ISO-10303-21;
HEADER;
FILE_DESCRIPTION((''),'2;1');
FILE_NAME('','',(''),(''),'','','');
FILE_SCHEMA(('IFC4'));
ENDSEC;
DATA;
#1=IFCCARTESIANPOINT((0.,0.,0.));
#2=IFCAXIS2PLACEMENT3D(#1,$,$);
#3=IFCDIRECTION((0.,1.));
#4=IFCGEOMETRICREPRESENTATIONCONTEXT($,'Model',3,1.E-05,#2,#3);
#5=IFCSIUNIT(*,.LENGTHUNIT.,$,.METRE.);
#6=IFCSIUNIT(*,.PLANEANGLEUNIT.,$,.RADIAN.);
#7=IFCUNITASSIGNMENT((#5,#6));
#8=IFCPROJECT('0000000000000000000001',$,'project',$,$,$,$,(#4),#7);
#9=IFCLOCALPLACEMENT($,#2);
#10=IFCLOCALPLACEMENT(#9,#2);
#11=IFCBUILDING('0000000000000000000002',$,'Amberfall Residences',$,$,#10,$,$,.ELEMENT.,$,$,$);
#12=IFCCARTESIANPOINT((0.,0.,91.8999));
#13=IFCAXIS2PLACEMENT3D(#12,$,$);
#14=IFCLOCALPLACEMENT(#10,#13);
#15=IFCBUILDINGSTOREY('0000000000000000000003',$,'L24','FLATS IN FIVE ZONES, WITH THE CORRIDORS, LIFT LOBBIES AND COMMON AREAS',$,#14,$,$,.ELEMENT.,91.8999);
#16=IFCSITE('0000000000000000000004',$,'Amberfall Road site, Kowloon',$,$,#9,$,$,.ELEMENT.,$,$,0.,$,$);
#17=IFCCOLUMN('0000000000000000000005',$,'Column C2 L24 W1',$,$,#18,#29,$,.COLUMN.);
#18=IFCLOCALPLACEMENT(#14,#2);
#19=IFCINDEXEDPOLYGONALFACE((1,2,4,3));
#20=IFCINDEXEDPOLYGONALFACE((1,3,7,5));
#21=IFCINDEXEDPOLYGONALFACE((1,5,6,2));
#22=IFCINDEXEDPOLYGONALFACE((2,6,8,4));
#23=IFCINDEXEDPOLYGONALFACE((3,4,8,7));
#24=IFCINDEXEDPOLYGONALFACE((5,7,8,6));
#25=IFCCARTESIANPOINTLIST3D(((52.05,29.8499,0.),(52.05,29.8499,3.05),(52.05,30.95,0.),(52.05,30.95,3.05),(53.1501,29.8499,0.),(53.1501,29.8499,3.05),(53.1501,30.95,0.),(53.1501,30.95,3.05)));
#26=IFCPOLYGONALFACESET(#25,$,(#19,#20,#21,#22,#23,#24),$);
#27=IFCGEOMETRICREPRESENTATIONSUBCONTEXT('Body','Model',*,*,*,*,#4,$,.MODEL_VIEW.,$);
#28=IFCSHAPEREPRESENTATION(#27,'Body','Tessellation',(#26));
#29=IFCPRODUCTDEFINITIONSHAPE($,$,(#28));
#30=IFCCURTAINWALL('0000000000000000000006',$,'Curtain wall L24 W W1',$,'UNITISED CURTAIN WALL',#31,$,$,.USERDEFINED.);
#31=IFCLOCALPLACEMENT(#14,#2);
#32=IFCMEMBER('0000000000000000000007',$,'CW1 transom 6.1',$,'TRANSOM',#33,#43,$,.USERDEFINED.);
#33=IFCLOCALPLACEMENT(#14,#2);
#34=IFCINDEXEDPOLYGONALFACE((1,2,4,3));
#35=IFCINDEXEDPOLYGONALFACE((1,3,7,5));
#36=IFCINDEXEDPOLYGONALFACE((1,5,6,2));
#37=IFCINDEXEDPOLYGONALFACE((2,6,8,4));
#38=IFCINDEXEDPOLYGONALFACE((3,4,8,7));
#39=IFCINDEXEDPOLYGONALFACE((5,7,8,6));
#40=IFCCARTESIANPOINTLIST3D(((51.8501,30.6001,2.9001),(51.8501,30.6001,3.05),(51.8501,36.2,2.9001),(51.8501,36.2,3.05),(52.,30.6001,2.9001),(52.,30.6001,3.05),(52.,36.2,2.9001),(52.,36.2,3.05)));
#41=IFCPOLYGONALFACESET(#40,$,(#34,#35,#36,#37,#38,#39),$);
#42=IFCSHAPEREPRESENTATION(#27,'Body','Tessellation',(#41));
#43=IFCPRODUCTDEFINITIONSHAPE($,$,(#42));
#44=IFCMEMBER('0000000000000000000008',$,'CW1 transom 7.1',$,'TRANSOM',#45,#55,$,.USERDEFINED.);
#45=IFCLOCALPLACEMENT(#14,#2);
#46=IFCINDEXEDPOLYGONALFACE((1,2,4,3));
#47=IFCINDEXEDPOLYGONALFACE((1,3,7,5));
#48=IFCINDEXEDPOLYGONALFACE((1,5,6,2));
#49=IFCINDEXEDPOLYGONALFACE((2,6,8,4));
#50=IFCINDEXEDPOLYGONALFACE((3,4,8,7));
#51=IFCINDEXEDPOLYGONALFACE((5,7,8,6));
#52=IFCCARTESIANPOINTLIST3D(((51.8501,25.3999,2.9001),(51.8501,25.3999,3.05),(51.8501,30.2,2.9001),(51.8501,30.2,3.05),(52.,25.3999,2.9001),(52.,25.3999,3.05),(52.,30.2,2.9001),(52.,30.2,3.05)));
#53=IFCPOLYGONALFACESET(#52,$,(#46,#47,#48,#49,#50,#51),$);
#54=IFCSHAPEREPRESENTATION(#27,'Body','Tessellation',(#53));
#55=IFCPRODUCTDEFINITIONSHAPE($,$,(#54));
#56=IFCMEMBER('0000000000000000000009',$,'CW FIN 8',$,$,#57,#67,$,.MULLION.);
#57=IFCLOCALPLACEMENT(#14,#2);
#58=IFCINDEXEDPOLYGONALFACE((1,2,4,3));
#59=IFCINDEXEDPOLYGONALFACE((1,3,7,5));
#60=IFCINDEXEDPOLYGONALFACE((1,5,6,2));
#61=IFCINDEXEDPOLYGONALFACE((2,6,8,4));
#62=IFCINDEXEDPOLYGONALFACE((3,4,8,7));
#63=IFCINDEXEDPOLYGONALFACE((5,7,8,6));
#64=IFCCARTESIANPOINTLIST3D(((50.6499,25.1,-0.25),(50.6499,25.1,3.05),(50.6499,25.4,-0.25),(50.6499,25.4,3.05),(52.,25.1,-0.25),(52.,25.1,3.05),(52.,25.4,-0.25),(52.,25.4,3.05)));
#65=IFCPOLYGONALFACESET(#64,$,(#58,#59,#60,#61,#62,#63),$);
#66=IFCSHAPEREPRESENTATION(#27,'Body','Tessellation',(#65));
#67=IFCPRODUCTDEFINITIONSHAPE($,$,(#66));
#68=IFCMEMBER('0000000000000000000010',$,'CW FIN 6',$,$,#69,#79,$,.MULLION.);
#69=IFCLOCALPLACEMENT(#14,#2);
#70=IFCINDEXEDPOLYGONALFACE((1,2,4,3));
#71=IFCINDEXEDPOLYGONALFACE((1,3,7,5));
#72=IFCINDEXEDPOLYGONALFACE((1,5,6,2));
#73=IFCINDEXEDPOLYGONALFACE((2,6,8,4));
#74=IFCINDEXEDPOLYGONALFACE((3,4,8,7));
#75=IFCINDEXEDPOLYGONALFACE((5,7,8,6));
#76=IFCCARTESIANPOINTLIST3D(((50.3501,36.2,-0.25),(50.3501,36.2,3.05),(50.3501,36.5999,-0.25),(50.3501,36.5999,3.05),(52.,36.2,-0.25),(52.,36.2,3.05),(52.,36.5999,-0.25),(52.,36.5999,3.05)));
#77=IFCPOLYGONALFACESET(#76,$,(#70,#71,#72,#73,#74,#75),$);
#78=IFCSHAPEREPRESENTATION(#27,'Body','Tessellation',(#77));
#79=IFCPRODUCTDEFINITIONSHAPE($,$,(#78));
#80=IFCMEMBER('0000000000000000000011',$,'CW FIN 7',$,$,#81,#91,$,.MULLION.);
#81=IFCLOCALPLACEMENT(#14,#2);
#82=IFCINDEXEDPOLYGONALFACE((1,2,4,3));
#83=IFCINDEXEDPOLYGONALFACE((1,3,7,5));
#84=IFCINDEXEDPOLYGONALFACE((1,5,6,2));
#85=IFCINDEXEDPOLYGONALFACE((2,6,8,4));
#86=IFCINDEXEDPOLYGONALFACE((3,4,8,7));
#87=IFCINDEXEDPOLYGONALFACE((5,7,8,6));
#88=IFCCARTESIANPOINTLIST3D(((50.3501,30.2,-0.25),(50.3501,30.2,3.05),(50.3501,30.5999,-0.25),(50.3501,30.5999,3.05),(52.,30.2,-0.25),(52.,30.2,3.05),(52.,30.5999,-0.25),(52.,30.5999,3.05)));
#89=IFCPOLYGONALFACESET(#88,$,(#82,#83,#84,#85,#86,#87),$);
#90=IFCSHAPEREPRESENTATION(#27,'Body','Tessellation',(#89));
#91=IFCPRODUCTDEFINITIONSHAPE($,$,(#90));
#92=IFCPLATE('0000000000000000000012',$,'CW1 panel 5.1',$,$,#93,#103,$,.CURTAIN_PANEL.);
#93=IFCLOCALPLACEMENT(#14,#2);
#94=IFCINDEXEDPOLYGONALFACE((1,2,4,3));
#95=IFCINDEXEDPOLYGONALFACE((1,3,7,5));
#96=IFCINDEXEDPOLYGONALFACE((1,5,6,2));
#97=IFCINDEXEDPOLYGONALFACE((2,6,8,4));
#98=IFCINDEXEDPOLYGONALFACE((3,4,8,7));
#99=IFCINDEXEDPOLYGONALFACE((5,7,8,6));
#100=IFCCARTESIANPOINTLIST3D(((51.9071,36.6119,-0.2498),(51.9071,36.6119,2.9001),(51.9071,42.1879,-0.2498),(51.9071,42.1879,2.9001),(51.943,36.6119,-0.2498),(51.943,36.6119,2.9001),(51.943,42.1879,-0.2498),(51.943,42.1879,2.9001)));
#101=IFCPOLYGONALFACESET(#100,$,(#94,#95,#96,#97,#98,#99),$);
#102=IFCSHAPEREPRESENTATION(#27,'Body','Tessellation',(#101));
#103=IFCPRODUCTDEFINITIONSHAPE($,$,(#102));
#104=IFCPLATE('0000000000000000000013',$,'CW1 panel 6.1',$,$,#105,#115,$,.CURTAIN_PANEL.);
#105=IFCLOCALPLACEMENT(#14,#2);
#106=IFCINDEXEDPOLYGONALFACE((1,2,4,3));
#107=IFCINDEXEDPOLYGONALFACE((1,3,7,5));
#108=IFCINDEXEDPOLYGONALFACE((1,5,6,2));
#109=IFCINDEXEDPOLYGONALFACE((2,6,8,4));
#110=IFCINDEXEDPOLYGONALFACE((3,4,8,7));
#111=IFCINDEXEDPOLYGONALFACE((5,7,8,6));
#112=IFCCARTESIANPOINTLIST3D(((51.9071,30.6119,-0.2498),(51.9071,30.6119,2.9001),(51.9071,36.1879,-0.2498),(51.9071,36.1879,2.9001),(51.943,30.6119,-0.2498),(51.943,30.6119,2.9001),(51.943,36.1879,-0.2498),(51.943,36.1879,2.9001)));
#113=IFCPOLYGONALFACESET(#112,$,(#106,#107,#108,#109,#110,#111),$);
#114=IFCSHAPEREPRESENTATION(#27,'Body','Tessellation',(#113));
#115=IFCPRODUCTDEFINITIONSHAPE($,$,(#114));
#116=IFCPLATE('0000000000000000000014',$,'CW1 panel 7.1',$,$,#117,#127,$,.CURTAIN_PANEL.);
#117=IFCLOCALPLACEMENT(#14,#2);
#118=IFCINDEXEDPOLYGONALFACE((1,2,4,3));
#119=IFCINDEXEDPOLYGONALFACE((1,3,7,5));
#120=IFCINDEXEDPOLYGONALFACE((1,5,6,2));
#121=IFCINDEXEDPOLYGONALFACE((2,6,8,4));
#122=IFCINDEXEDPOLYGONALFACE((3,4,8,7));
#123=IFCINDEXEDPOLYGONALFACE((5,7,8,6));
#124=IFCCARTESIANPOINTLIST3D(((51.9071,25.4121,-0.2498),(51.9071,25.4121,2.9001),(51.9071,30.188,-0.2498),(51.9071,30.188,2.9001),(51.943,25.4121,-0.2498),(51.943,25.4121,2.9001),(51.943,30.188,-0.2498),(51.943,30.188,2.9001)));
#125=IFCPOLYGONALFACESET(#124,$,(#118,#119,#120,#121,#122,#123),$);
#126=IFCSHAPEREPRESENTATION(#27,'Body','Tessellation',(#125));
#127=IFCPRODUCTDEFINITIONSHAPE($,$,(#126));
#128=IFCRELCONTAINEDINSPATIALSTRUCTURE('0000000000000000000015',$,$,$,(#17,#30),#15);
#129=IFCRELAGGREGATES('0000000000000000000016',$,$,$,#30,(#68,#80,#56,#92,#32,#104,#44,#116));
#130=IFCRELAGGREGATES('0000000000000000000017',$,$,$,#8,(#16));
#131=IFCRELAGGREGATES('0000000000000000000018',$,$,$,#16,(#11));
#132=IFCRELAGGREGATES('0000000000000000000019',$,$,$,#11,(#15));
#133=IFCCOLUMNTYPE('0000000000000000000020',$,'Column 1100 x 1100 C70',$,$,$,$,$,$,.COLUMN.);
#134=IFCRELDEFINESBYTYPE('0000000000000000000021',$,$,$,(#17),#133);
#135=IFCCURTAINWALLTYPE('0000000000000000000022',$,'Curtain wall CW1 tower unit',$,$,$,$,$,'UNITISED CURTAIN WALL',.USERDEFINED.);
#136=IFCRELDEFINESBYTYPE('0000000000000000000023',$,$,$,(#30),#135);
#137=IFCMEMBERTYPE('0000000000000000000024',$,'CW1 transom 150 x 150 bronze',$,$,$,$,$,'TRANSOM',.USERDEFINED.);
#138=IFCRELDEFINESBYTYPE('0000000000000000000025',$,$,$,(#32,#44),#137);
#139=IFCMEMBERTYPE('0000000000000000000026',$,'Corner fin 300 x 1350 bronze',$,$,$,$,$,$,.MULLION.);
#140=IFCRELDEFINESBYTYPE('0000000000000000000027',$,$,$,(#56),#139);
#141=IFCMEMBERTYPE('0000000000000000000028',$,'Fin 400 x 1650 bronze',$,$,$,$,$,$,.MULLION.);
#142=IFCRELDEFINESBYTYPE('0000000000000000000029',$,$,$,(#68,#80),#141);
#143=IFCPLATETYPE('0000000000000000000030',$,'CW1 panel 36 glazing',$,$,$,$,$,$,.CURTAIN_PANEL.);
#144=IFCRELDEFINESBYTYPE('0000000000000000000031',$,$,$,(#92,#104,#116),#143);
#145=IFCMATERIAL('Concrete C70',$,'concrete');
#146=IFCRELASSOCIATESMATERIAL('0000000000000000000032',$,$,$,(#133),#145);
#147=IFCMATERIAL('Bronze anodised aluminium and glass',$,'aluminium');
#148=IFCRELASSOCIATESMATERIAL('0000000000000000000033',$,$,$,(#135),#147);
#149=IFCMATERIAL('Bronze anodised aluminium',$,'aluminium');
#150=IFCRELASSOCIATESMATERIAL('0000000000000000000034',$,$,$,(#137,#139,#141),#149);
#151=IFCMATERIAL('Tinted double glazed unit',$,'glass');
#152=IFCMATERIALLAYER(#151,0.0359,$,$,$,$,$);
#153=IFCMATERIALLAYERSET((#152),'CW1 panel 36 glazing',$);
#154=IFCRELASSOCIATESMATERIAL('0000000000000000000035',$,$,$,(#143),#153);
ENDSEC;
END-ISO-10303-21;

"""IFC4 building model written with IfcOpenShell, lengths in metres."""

from ifc_helpers import new_model, si_unit, direction, frame, origin, origin_2d, place, context, subcontext, project, spatial, rectangle, extrude, material, layer, layer_set, material_profile, profile_set, type_object, element, aggregate, save


model = new_model("IFC4")

# Units and contexts
model_context = context("Model", 3, precision=1e-05, world=origin(), true_north=direction((0.0, 1.0)))
body_context = subcontext(model_context, "Body", "Model", "MODEL_VIEW")
ifc_project = project(units=[si_unit("LENGTHUNIT", "METRE"), si_unit("PLANEANGLEUNIT", "RADIAN")], contexts=[model_context])

# Site, building, storey
site_placement = place(None, origin())
site = spatial("IfcSite", under=ifc_project, at=site_placement, Name="Amberfall Road site, Kowloon", CompositionType="ELEMENT", RefElevation=0.0)
building_placement = place(site_placement, origin())
building = spatial("IfcBuilding", under=site, at=building_placement, Name="Amberfall Residences", CompositionType="ELEMENT")
storey_placement = place(building_placement, frame((0.0, 0.0, 91.8999)))
storey = spatial("IfcBuildingStorey", under=building, at=storey_placement, Name="L24", Description="FLATS IN FIVE ZONES, WITH THE CORRIDORS, LIFT LOBBIES AND COMMON AREAS", CompositionType="ELEMENT", Elevation=91.8999)

# Column
ifc_material_1 = material(Name="Concrete C70", Category="concrete")
ifc_material_profile_1 = material_profile(ifc_material_1, rectangle(XDim=1.1001, YDim=1.1001, at=origin_2d()), Name="Column 1100 x 1100 C70")
ifc_profile_set_1 = profile_set([ifc_material_profile_1], Name="Concrete C70")
column_type = type_object("IfcColumnType", Name="Column 1100 x 1100 C70", PredefinedType="COLUMN", material=ifc_profile_set_1)
column_placement = place(storey_placement, frame((52.6001, 30.3999, 0.0), z_axis=(0.0, 0.0, 1.0), x_axis=(1.0, 0.0, 0.0)))
element("IfcColumn", 1, at=column_placement, inside=storey, type_object=column_type, Name="Column C2 L24 W1", PredefinedType="COLUMN", context=body_context, shape_type="SweptSolid", body=[
    extrude(rectangle(XDim=1.1001, YDim=1.1001, at=origin_2d()), origin(), (0.0, 0.0, 1.0), 3.05),
])

# Curtain wall, members, plates
ifc_material_2 = material(Name="Bronze anodised aluminium and glass", Category="aluminium")
curtain_wall_type = type_object("IfcCurtainWallType", Name="Curtain wall CW1 tower unit", ElementType="UNITISED CURTAIN WALL", PredefinedType="USERDEFINED", material=ifc_material_2)
curtain_wall_placement = place(storey_placement, origin())
curtain_wall = element("IfcCurtainWall", 2, at=curtain_wall_placement, inside=storey, type_object=curtain_wall_type, Name="Curtain wall L24 W W1", ObjectType="UNITISED CURTAIN WALL", PredefinedType="USERDEFINED")
ifc_material_3 = material(Name="Bronze anodised aluminium", Category="aluminium")
ifc_material_profile_2 = material_profile(ifc_material_3, rectangle(XDim=0.1499, YDim=0.1499, at=origin_2d()), Name="CW1 transom 150 x 150 bronze")
ifc_profile_set_2 = profile_set([ifc_material_profile_2], Name="Bronze anodised aluminium")
member_type_1 = type_object("IfcMemberType", Name="CW1 transom 150 x 150 bronze", ElementType="TRANSOM", PredefinedType="USERDEFINED", material=ifc_profile_set_2)
member_1_placement = place(storey_placement, frame((51.925, 36.2, 2.9751), z_axis=(0.0, -1.0, 0.0), x_axis=(1.0, 0.0, 0.0)))
member_1 = element("IfcMember", 3, at=member_1_placement, type_object=member_type_1, Name="CW1 transom 6.1", ObjectType="TRANSOM", PredefinedType="USERDEFINED", context=body_context, shape_type="SweptSolid", body=[
    extrude(rectangle(XDim=0.1499, YDim=0.1499, at=origin_2d()), origin(), (0.0, 0.0, 1.0), 5.5999),
])
member_2_placement = place(storey_placement, frame((51.925, 30.2, 2.9751), z_axis=(0.0, -1.0, 0.0), x_axis=(1.0, 0.0, 0.0)))
member_2 = element("IfcMember", 4, at=member_2_placement, type_object=member_type_1, Name="CW1 transom 7.1", ObjectType="TRANSOM", PredefinedType="USERDEFINED", context=body_context, shape_type="SweptSolid", body=[
    extrude(rectangle(XDim=0.1499, YDim=0.1499, at=origin_2d()), origin(), (0.0, 0.0, 1.0), 4.8),
])
ifc_material_profile_3 = material_profile(ifc_material_3, rectangle(XDim=1.3501, YDim=0.3, at=origin_2d()), Name="Corner fin 300 x 1350 bronze")
ifc_profile_set_3 = profile_set([ifc_material_profile_3], Name="Bronze anodised aluminium")
member_type_2 = type_object("IfcMemberType", Name="Corner fin 300 x 1350 bronze", PredefinedType="MULLION", material=ifc_profile_set_3)
member_3_placement = place(storey_placement, frame((51.325, 25.25, -0.25), z_axis=(0.0, 0.0, 1.0), x_axis=(1.0, 0.0, 0.0)))
member_3 = element("IfcMember", 5, at=member_3_placement, type_object=member_type_2, Name="CW FIN 8", PredefinedType="MULLION", context=body_context, shape_type="SweptSolid", body=[
    extrude(rectangle(XDim=1.3501, YDim=0.3, at=origin_2d()), origin(), (0.0, 0.0, 1.0), 3.3),
])
ifc_material_profile_4 = material_profile(ifc_material_3, rectangle(XDim=1.6499, YDim=0.3999, at=origin_2d()), Name="Fin 400 x 1650 bronze")
ifc_profile_set_4 = profile_set([ifc_material_profile_4], Name="Bronze anodised aluminium")
member_type_3 = type_object("IfcMemberType", Name="Fin 400 x 1650 bronze", PredefinedType="MULLION", material=ifc_profile_set_4)
member_4_placement = place(storey_placement, frame((51.175, 36.3999, -0.25), z_axis=(0.0, 0.0, 1.0), x_axis=(1.0, 0.0, 0.0)))
member_4 = element("IfcMember", 6, at=member_4_placement, type_object=member_type_3, Name="CW FIN 6", PredefinedType="MULLION", context=body_context, shape_type="SweptSolid", body=[
    extrude(rectangle(XDim=1.6499, YDim=0.3999, at=origin_2d()), origin(), (0.0, 0.0, 1.0), 3.3),
])
member_5_placement = place(storey_placement, frame((51.175, 30.3999, -0.25), z_axis=(0.0, 0.0, 1.0), x_axis=(1.0, 0.0, 0.0)))
member_5 = element("IfcMember", 7, at=member_5_placement, type_object=member_type_3, Name="CW FIN 7", PredefinedType="MULLION", context=body_context, shape_type="SweptSolid", body=[
    extrude(rectangle(XDim=1.6499, YDim=0.3999, at=origin_2d()), origin(), (0.0, 0.0, 1.0), 3.3),
])
ifc_material_4 = material(Name="Tinted double glazed unit", Category="glass")
ifc_layer_1 = layer(ifc_material_4, 0.0359)
ifc_layer_set_1 = layer_set([ifc_layer_1], Name="CW1 panel 36 glazing")
plate_type = type_object("IfcPlateType", Name="CW1 panel 36 glazing", PredefinedType="CURTAIN_PANEL", material=ifc_layer_set_1)
plate_1_placement = place(storey_placement, frame((51.925, 39.3999, -0.2498), z_axis=(0.0, 0.0, 1.0), x_axis=(0.0, -1.0, 0.0)))
plate_1 = element("IfcPlate", 8, at=plate_1_placement, type_object=plate_type, Name="CW1 panel 5.1", PredefinedType="CURTAIN_PANEL", context=body_context, shape_type="SweptSolid", body=[
    extrude(rectangle(XDim=5.5759, YDim=0.0359, at=origin_2d()), origin(), (0.0, 0.0, 1.0), 3.1499),
])
plate_2_placement = place(storey_placement, frame((51.925, 33.3999, -0.2498), z_axis=(0.0, 0.0, 1.0), x_axis=(0.0, -1.0, 0.0)))
plate_2 = element("IfcPlate", 9, at=plate_2_placement, type_object=plate_type, Name="CW1 panel 6.1", PredefinedType="CURTAIN_PANEL", context=body_context, shape_type="SweptSolid", body=[
    extrude(rectangle(XDim=5.5759, YDim=0.0359, at=origin_2d()), origin(), (0.0, 0.0, 1.0), 3.1499),
])
plate_3_placement = place(storey_placement, frame((51.925, 27.8, -0.2498), z_axis=(0.0, 0.0, 1.0), x_axis=(0.0, -1.0, 0.0)))
plate_3 = element("IfcPlate", 10, at=plate_3_placement, type_object=plate_type, Name="CW1 panel 7.1", PredefinedType="CURTAIN_PANEL", context=body_context, shape_type="SweptSolid", body=[
    extrude(rectangle(XDim=4.7759, YDim=0.0359, at=origin_2d()), origin(), (0.0, 0.0, 1.0), 3.1499),
])
aggregate(curtain_wall, [member_4, member_5, member_3, plate_1, member_1, plate_2, member_2, plate_3])

save(model, "model.ifc")
